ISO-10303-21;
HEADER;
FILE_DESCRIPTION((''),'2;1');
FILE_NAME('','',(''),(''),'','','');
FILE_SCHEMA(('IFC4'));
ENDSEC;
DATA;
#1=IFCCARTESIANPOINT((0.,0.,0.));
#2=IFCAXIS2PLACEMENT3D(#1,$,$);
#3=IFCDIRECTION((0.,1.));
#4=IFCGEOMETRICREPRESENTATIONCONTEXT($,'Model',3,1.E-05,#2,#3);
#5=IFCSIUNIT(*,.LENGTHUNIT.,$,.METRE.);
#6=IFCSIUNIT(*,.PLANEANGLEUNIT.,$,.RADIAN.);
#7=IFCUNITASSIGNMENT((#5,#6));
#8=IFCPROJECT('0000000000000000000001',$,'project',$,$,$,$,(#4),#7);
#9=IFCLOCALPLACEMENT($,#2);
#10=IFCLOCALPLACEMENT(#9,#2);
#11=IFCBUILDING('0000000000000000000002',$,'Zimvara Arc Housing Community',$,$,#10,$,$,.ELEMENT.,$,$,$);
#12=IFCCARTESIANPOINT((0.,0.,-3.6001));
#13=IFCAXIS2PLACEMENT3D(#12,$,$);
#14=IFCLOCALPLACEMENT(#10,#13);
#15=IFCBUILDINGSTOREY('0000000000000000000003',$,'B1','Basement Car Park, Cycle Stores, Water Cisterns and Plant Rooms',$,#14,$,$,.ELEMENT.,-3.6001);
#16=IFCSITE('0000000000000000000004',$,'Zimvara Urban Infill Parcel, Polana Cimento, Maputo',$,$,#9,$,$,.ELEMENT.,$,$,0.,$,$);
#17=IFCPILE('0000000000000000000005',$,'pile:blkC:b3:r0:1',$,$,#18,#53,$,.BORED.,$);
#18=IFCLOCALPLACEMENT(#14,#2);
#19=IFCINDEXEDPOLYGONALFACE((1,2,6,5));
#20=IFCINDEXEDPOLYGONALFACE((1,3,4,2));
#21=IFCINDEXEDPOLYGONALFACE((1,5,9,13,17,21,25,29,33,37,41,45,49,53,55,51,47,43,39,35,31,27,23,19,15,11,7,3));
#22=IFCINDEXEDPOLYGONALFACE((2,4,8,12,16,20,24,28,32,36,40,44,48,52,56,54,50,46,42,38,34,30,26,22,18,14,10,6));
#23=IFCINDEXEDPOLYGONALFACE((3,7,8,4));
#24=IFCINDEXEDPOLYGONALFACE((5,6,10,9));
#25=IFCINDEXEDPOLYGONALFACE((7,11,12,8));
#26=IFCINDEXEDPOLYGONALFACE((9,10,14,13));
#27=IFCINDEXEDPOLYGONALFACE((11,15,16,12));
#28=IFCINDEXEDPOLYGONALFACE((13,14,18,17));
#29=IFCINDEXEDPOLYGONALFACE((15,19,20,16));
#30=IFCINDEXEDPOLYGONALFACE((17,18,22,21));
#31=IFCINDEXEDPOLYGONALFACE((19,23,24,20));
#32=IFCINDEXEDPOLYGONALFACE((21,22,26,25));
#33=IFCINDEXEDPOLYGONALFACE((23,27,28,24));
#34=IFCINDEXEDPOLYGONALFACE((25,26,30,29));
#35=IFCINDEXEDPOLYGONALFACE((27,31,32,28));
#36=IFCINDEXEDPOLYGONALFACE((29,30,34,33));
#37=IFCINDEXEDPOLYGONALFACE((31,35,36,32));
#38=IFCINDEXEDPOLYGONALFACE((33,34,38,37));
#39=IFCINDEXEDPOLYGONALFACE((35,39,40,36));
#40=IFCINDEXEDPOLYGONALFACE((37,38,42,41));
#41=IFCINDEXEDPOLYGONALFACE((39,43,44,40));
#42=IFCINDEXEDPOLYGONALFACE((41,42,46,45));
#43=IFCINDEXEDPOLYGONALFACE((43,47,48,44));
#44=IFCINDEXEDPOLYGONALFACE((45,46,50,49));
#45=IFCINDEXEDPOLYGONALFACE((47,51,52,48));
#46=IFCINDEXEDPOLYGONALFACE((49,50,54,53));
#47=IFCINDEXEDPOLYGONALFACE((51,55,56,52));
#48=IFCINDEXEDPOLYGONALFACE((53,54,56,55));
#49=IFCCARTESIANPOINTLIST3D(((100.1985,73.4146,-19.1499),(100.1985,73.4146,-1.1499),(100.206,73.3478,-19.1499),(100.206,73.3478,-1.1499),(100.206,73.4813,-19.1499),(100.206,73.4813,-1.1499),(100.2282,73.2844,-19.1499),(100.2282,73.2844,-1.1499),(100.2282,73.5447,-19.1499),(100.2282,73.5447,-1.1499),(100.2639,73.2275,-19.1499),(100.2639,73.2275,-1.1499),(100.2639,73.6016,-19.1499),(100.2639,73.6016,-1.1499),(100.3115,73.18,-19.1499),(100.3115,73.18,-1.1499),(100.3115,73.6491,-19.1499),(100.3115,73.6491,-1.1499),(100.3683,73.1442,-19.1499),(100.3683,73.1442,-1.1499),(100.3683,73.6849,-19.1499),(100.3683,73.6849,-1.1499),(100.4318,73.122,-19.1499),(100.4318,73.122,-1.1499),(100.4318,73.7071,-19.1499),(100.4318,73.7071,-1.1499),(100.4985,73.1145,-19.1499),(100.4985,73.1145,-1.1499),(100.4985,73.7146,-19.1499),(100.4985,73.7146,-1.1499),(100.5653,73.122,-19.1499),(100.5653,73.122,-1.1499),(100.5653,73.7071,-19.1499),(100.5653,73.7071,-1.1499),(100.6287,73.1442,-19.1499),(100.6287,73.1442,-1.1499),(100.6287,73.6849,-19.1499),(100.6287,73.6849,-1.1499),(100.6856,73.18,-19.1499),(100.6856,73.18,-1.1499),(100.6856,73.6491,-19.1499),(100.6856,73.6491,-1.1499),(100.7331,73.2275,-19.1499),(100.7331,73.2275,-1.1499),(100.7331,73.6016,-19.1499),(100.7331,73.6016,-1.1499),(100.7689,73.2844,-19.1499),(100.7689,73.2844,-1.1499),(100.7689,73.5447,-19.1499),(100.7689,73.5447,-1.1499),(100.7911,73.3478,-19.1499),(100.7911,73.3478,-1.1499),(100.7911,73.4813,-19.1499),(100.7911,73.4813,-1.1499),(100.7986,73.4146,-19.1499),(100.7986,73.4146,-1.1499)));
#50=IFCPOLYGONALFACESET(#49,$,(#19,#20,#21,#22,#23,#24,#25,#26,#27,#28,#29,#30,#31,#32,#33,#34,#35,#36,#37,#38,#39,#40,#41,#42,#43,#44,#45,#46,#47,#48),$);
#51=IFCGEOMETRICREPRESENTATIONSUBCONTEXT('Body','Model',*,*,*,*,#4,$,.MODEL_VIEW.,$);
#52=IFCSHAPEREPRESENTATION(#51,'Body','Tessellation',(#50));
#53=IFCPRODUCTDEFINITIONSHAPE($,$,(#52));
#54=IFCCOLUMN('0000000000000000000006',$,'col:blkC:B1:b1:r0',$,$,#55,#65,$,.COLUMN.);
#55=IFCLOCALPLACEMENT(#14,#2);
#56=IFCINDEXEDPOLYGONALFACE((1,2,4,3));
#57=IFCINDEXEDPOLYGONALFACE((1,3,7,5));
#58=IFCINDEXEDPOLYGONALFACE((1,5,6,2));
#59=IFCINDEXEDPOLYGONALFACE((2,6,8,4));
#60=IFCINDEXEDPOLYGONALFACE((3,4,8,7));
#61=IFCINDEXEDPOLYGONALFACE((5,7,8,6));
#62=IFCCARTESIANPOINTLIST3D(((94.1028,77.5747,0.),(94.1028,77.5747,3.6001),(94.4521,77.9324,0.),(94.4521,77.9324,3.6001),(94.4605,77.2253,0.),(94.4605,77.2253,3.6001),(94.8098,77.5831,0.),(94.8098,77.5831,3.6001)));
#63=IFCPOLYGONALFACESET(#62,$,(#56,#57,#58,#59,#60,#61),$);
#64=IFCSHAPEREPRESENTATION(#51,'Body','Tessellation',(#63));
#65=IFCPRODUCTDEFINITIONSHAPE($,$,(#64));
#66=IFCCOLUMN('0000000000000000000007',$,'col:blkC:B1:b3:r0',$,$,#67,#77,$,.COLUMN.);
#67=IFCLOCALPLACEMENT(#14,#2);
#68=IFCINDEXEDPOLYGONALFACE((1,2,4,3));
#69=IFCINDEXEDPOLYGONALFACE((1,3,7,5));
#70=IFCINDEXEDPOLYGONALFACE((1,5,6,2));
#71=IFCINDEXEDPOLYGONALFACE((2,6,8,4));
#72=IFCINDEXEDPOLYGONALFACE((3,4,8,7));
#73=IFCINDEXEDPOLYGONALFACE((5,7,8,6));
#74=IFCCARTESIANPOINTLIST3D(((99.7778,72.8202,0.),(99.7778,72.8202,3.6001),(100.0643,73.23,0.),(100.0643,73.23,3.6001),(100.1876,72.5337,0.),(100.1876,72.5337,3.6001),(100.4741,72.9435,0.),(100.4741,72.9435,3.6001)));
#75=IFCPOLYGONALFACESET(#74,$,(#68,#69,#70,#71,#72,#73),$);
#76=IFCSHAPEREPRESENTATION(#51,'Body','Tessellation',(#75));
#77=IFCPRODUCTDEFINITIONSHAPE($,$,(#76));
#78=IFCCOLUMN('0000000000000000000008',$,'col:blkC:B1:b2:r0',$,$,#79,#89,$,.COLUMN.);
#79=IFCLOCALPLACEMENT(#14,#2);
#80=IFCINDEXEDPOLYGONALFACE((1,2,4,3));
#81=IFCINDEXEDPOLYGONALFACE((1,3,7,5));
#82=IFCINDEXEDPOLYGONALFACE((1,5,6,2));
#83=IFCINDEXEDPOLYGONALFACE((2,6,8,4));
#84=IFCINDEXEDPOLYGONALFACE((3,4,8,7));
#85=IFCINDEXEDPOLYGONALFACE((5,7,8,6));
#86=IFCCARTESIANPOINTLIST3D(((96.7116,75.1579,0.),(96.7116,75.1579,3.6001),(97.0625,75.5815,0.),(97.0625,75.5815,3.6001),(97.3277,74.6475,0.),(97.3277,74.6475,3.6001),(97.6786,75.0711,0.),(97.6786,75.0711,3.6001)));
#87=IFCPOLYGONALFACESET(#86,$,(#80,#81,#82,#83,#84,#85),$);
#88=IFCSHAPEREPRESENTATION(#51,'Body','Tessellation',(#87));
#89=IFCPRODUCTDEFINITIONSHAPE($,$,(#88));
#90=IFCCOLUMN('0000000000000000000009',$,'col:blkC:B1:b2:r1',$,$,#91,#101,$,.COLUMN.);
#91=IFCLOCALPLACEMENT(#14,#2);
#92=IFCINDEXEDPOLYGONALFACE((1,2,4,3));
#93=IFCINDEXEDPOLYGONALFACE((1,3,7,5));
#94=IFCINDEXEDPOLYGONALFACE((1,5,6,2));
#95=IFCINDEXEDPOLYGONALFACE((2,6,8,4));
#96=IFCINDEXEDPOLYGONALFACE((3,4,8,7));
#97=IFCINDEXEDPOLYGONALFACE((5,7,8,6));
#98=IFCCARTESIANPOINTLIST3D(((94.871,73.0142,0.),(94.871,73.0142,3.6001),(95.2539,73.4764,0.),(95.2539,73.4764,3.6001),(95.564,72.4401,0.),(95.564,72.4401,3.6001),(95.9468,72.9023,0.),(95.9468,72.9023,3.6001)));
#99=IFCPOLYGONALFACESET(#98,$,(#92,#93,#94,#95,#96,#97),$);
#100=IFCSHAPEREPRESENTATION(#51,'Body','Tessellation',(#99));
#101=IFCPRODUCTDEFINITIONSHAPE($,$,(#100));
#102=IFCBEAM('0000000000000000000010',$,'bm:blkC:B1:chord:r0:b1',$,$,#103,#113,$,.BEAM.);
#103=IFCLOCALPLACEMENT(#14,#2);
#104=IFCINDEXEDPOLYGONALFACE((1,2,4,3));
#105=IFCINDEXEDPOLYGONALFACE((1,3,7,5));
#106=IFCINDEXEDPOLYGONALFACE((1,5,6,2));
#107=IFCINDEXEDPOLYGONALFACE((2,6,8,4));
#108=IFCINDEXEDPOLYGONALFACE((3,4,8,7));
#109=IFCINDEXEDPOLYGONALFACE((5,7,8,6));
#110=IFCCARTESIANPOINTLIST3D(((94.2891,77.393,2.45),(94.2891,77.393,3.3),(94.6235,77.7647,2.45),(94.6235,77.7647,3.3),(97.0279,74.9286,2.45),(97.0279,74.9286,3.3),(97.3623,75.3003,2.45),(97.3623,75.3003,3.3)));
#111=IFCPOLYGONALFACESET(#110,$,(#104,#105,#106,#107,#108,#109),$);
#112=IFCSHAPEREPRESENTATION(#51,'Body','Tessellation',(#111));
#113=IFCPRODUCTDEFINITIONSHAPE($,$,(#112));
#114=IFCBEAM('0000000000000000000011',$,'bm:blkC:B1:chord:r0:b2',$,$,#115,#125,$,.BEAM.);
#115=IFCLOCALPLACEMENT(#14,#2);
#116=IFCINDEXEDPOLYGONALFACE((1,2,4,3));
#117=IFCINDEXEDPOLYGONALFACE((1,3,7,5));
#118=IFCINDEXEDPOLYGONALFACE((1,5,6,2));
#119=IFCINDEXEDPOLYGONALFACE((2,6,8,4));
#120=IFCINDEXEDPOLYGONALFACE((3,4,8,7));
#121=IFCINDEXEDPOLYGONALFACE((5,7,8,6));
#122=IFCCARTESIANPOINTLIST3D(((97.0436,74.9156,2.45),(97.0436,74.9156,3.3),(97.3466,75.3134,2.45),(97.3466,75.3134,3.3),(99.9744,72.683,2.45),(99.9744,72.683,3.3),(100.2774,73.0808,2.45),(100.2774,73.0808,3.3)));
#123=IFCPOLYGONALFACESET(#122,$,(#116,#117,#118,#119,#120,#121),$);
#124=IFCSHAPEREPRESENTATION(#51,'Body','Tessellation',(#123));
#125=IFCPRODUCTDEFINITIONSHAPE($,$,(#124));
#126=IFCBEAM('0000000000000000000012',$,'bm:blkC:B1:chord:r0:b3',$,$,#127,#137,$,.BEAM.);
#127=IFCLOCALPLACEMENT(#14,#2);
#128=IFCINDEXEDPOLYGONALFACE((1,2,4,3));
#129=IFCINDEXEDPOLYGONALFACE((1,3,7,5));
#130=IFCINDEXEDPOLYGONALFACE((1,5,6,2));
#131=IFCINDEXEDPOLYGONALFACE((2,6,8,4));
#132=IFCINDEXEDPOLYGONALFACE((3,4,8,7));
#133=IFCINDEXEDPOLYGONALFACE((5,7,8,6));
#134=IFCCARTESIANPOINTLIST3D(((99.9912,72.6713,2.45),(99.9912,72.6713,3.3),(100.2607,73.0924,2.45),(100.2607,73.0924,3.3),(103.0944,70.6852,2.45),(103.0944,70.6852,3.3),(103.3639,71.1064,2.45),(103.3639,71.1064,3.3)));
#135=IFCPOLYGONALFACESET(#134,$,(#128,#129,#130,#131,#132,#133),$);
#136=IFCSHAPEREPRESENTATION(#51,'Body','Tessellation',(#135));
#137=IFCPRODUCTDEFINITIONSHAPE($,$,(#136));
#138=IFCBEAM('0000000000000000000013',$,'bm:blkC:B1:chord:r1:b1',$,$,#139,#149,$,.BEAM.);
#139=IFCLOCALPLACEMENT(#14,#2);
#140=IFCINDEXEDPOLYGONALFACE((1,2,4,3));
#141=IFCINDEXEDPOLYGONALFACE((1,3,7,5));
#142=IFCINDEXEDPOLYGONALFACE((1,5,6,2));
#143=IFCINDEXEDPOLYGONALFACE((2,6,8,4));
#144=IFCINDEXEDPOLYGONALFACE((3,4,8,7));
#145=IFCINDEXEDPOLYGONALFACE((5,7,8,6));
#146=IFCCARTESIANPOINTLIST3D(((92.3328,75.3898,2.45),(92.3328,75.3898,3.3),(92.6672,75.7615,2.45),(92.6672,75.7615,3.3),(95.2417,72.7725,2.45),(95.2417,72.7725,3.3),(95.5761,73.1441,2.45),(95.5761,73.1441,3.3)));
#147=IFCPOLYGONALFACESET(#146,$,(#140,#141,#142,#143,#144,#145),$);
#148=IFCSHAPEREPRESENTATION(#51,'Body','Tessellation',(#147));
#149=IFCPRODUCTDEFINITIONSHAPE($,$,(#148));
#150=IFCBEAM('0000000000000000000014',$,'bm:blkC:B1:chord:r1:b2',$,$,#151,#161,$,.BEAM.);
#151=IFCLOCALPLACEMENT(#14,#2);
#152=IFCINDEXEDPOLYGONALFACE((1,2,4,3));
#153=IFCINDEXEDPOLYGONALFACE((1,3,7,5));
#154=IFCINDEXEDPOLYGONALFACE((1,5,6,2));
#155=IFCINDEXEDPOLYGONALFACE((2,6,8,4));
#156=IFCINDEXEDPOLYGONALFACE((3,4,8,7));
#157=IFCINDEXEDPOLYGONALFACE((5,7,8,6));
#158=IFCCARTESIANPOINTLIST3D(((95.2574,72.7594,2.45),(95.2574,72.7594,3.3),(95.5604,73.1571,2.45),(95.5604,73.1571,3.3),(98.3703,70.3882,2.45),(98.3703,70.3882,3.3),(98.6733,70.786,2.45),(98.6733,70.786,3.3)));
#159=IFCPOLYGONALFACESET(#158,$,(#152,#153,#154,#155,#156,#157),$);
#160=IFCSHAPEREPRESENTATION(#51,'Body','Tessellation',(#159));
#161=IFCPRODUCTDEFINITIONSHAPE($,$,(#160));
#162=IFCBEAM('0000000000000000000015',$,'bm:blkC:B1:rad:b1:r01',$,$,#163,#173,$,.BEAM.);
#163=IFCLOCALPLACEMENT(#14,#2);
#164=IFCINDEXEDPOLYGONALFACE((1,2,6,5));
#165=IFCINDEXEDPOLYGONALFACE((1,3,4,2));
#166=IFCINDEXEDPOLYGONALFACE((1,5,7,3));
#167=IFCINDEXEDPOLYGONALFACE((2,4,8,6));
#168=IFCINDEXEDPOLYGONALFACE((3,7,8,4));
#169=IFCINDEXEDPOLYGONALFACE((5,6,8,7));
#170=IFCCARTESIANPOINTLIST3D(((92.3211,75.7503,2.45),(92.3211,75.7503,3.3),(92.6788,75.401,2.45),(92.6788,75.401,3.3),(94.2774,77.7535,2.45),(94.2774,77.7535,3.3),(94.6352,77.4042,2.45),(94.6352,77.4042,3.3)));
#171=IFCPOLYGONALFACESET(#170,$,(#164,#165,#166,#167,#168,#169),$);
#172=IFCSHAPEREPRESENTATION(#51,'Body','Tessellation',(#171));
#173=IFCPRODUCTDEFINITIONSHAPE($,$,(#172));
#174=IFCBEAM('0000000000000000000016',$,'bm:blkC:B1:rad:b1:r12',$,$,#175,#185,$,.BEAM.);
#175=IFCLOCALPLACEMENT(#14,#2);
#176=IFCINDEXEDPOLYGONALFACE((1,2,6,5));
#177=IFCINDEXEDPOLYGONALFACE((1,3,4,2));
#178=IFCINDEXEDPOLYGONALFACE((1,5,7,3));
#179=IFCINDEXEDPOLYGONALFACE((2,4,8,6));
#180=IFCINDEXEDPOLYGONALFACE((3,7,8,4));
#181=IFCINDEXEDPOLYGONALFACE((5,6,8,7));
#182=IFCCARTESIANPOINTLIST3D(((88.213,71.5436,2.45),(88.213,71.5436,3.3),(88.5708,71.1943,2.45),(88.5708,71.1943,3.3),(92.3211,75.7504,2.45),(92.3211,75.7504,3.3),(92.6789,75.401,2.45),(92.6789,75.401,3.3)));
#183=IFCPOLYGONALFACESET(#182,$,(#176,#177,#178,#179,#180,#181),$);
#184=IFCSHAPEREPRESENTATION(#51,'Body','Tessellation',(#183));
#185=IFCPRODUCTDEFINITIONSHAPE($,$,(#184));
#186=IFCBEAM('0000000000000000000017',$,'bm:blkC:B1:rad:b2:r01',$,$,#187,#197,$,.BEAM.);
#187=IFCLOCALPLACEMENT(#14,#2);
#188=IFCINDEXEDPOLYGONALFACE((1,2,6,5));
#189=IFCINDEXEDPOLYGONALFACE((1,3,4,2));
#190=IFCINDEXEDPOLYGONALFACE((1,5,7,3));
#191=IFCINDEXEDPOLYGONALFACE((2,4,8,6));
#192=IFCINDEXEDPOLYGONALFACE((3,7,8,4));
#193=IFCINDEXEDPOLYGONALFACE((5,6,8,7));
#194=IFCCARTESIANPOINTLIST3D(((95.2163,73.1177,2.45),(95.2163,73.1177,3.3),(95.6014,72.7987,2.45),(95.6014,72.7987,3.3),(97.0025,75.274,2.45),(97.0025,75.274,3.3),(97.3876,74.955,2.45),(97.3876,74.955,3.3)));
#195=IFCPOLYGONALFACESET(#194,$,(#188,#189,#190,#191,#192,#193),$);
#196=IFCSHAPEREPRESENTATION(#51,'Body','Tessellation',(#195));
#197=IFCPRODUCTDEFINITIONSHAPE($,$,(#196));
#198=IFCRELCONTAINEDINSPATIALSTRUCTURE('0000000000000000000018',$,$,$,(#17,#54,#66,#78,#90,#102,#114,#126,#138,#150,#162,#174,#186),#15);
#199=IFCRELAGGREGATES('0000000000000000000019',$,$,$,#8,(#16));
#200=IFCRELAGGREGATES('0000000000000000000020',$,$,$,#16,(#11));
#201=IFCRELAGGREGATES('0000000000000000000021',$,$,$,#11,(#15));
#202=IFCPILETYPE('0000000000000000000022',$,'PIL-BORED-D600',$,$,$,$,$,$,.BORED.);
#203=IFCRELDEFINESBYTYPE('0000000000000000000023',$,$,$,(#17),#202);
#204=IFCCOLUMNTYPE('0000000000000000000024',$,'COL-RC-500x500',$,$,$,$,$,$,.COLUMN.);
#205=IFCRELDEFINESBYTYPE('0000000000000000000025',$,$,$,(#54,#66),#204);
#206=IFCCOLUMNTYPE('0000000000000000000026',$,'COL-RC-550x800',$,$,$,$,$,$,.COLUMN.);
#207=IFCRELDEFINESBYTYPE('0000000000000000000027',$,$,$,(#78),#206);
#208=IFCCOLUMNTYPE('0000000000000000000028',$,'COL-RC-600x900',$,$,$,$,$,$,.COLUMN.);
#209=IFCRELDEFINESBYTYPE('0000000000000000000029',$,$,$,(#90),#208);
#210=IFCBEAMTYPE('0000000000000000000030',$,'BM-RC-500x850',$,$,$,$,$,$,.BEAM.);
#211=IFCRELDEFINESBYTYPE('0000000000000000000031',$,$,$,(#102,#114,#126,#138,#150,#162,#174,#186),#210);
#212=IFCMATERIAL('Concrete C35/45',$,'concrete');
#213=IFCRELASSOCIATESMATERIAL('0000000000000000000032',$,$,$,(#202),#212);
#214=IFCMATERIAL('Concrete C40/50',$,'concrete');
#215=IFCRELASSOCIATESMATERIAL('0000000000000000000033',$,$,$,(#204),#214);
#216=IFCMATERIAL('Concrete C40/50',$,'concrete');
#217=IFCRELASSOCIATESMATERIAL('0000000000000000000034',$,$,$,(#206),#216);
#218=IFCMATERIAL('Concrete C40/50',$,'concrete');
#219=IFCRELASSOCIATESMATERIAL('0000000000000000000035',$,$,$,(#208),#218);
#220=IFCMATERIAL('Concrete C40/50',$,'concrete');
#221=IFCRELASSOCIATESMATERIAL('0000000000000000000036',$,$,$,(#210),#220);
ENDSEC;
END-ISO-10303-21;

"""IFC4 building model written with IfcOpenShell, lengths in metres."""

from ifc_helpers import new_model, si_unit, direction, frame, origin, origin_2d, place, context, subcontext, project, spatial, rectangle, circle, extrude, material, material_profile, profile_set, type_object, element, save


model = new_model("IFC4")

# Units and contexts
model_context = context("Model", 3, precision=1e-05, world=origin(), true_north=direction((0.0, 1.0)))
body_context = subcontext(model_context, "Body", "Model", "MODEL_VIEW")
ifc_project = project(units=[si_unit("LENGTHUNIT", "METRE"), si_unit("PLANEANGLEUNIT", "RADIAN")], contexts=[model_context])

# Site, building, storey
site_placement = place(None, origin())
site = spatial("IfcSite", under=ifc_project, at=site_placement, Name="Zimvara Urban Infill Parcel, Polana Cimento, Maputo", CompositionType="ELEMENT", RefElevation=0.0)
building_placement = place(site_placement, origin())
building = spatial("IfcBuilding", under=site, at=building_placement, Name="Zimvara Arc Housing Community", CompositionType="ELEMENT")
storey_placement = place(building_placement, frame((0.0, 0.0, -3.6001)))
storey = spatial("IfcBuildingStorey", under=building, at=storey_placement, Name="B1", Description="Basement Car Park, Cycle Stores, Water Cisterns and Plant Rooms", CompositionType="ELEMENT", Elevation=-3.6001)

# Pile
ifc_material_1 = material(Name="Concrete C35/45", Category="concrete")
ifc_material_profile_1 = material_profile(ifc_material_1, circle(Radius=0.3, at=origin_2d()), Name="PILE D600")
ifc_profile_set_1 = profile_set([ifc_material_profile_1], Name="Concrete C35/45")
pile_type = type_object("IfcPileType", Name="PIL-BORED-D600", PredefinedType="BORED", material=ifc_profile_set_1)
for number, where, z_axis, x_axis, name in (
    (1, (100.4985, 73.4146, -1.1499), (0.0, 0.0, -1.0), (1.0, 0.0, 0.0), "pile:blkC:b3:r0:1"),
):
    element("IfcPile", number, at=place(storey_placement, frame(where, z_axis=z_axis, x_axis=x_axis)), inside=storey, type_object=pile_type, Name=name, PredefinedType="BORED", context=body_context, shape_type="SweptSolid", body=[
        extrude(circle(Radius=0.3, at=origin_2d()), origin(), (0.0, 0.0, 1.0), 18.0),
    ])

# Columns
ifc_material_2 = material(Name="Concrete C40/50", Category="concrete")
ifc_material_profile_2 = material_profile(ifc_material_2, rectangle(XDim=0.5, YDim=0.5, at=origin_2d()), Name="RC 500x500")
ifc_profile_set_2 = profile_set([ifc_material_profile_2], Name="Concrete C40/50")
column_type_1 = type_object("IfcColumnType", Name="COL-RC-500x500", PredefinedType="COLUMN", material=ifc_profile_set_2)
for number, where, z_axis, x_axis, name in (
    (2, (94.4563, 77.5789, 0.0), (0.0, 0.0, 1.0), (-0.698665, -0.715449, 0.0), "col:blkC:B1:b1:r0"),
    (3, (100.126, 72.8818, 0.0), (0.0, 0.0, 1.0), (-0.573004, -0.819552, 0.0), "col:blkC:B1:b3:r0"),
):
    element("IfcColumn", number, at=place(storey_placement, frame(where, z_axis=z_axis, x_axis=x_axis)), inside=storey, type_object=column_type_1, Name=name, PredefinedType="COLUMN", context=body_context, shape_type="SweptSolid", body=[
        extrude(rectangle(XDim=0.5, YDim=0.5, at=origin_2d()), origin(), (0.0, 0.0, 1.0), 3.6001),
    ])
ifc_material_3 = material(Name="Concrete C40/50", Category="concrete")
ifc_material_profile_3 = material_profile(ifc_material_3, rectangle(XDim=0.55, YDim=0.8, at=origin_2d()), Name="RC 550x800")
ifc_profile_set_3 = profile_set([ifc_material_profile_3], Name="Concrete C40/50")
column_type_2 = type_object("IfcColumnType", Name="COL-RC-550x800", PredefinedType="COLUMN", material=ifc_profile_set_3)
column_1_placement = place(storey_placement, frame((97.1951, 75.1145, 0.0), z_axis=(0.0, 0.0, 1.0), x_axis=(-0.637962, -0.770068, 0.0)))
element("IfcColumn", 4, at=column_1_placement, inside=storey, type_object=column_type_2, Name="col:blkC:B1:b2:r0", PredefinedType="COLUMN", context=body_context, shape_type="SweptSolid", body=[
    extrude(rectangle(XDim=0.55, YDim=0.8, at=origin_2d()), origin(), (0.0, 0.0, 1.0), 3.6001),
])
ifc_material_4 = material(Name="Concrete C40/50", Category="concrete")
ifc_material_profile_4 = material_profile(ifc_material_4, rectangle(XDim=0.6001, YDim=0.8999, at=origin_2d()), Name="RC 600x900")
ifc_profile_set_4 = profile_set([ifc_material_profile_4], Name="Concrete C40/50")
column_type_3 = type_object("IfcColumnType", Name="COL-RC-600x900", PredefinedType="COLUMN", material=ifc_profile_set_4)
column_2_placement = place(storey_placement, frame((95.4089, 72.9583, 0.0), z_axis=(0.0, 0.0, 1.0), x_axis=(-0.637962, -0.770068, 0.0)))
element("IfcColumn", 5, at=column_2_placement, inside=storey, type_object=column_type_3, Name="col:blkC:B1:b2:r1", PredefinedType="COLUMN", context=body_context, shape_type="SweptSolid", body=[
    extrude(rectangle(XDim=0.6001, YDim=0.8999, at=origin_2d()), origin(), (0.0, 0.0, 1.0), 3.6001),
])

# Beams
ifc_material_5 = material(Name="Concrete C40/50", Category="concrete")
ifc_material_profile_5 = material_profile(ifc_material_5, rectangle(XDim=0.5, YDim=0.8501, at=origin_2d()), Name="RC 500x850")
ifc_profile_set_5 = profile_set([ifc_material_profile_5], Name="Concrete C40/50")
beam_type = type_object("IfcBeamType", Name="BM-RC-500x850", PredefinedType="BEAM", material=ifc_profile_set_5)
for number, where, z_axis, x_axis, name in (
    (6, (94.4563, 77.5789, 2.875), (0.743367, -0.668884, 0.0), (0.668884, 0.743367, 0.0), "bm:blkC:B1:chord:r0:b1"),
    (7, (97.1951, 75.1145, 2.875), (0.795485, -0.605973, 0.0), (0.605973, 0.795485, 0.0), "bm:blkC:B1:chord:r0:b2"),
    (8, (100.126, 72.8818, 2.875), (0.842273, -0.539052, 0.0), (0.539052, 0.842273, 0.0), "bm:blkC:B1:chord:r0:b3"),
):
    element("IfcBeam", number, at=place(storey_placement, frame(where, z_axis=z_axis, x_axis=x_axis)), inside=storey, type_object=beam_type, Name=name, PredefinedType="BEAM", context=body_context, shape_type="SweptSolid", body=[
        extrude(rectangle(XDim=0.5, YDim=0.8501, at=origin_2d()), origin(), (0.0, 0.0, 1.0), 3.6843),
    ])
for number, where, z_axis, x_axis, name in (
    (9, (92.5, 75.5757, 2.875), (0.743372, -0.668879, 0.0), (0.668879, 0.743372, 0.0), "bm:blkC:B1:chord:r1:b1"),
    (10, (95.4089, 72.9583, 2.875), (0.7955, -0.605953, 0.0), (0.605953, 0.7955, 0.0), "bm:blkC:B1:chord:r1:b2"),
):
    element("IfcBeam", number, at=place(storey_placement, frame(where, z_axis=z_axis, x_axis=x_axis)), inside=storey, type_object=beam_type, Name=name, PredefinedType="BEAM", context=body_context, shape_type="SweptSolid", body=[
        extrude(rectangle(XDim=0.5, YDim=0.8501, at=origin_2d()), origin(), (0.0, 0.0, 1.0), 3.9131),
    ])
beam_1_placement = place(storey_placement, frame((94.4563, 77.5789, 2.875), z_axis=(-0.698687, -0.715428, 0.0), x_axis=(0.715428, -0.698687, 0.0)))
element("IfcBeam", 11, at=beam_1_placement, inside=storey, type_object=beam_type, Name="bm:blkC:B1:rad:b1:r01", PredefinedType="BEAM", context=body_context, shape_type="SweptSolid", body=[
    extrude(rectangle(XDim=0.5, YDim=0.8501, at=origin_2d()), origin(), (0.0, 0.0, 1.0), 2.8),
])
beam_2_placement = place(storey_placement, frame((92.5, 75.5757, 2.875), z_axis=(-0.69867, -0.715444, 0.0), x_axis=(0.715444, -0.69867, 0.0)))
element("IfcBeam", 12, at=beam_2_placement, inside=storey, type_object=beam_type, Name="bm:blkC:B1:rad:b1:r12", PredefinedType="BEAM", context=body_context, shape_type="SweptSolid", body=[
    extrude(rectangle(XDim=0.5, YDim=0.8501, at=origin_2d()), origin(), (0.0, 0.0, 1.0), 5.8799),
])
beam_3_placement = place(storey_placement, frame((97.1951, 75.1145, 2.875), z_axis=(-0.637917, -0.770105, 0.0), x_axis=(0.770105, -0.637917, 0.0)))
element("IfcBeam", 13, at=beam_3_placement, inside=storey, type_object=beam_type, Name="bm:blkC:B1:rad:b2:r01", PredefinedType="BEAM", context=body_context, shape_type="SweptSolid", body=[
    extrude(rectangle(XDim=0.5, YDim=0.8501, at=origin_2d()), origin(), (0.0, 0.0, 1.0), 2.8),
])

save(model, "model.ifc")
